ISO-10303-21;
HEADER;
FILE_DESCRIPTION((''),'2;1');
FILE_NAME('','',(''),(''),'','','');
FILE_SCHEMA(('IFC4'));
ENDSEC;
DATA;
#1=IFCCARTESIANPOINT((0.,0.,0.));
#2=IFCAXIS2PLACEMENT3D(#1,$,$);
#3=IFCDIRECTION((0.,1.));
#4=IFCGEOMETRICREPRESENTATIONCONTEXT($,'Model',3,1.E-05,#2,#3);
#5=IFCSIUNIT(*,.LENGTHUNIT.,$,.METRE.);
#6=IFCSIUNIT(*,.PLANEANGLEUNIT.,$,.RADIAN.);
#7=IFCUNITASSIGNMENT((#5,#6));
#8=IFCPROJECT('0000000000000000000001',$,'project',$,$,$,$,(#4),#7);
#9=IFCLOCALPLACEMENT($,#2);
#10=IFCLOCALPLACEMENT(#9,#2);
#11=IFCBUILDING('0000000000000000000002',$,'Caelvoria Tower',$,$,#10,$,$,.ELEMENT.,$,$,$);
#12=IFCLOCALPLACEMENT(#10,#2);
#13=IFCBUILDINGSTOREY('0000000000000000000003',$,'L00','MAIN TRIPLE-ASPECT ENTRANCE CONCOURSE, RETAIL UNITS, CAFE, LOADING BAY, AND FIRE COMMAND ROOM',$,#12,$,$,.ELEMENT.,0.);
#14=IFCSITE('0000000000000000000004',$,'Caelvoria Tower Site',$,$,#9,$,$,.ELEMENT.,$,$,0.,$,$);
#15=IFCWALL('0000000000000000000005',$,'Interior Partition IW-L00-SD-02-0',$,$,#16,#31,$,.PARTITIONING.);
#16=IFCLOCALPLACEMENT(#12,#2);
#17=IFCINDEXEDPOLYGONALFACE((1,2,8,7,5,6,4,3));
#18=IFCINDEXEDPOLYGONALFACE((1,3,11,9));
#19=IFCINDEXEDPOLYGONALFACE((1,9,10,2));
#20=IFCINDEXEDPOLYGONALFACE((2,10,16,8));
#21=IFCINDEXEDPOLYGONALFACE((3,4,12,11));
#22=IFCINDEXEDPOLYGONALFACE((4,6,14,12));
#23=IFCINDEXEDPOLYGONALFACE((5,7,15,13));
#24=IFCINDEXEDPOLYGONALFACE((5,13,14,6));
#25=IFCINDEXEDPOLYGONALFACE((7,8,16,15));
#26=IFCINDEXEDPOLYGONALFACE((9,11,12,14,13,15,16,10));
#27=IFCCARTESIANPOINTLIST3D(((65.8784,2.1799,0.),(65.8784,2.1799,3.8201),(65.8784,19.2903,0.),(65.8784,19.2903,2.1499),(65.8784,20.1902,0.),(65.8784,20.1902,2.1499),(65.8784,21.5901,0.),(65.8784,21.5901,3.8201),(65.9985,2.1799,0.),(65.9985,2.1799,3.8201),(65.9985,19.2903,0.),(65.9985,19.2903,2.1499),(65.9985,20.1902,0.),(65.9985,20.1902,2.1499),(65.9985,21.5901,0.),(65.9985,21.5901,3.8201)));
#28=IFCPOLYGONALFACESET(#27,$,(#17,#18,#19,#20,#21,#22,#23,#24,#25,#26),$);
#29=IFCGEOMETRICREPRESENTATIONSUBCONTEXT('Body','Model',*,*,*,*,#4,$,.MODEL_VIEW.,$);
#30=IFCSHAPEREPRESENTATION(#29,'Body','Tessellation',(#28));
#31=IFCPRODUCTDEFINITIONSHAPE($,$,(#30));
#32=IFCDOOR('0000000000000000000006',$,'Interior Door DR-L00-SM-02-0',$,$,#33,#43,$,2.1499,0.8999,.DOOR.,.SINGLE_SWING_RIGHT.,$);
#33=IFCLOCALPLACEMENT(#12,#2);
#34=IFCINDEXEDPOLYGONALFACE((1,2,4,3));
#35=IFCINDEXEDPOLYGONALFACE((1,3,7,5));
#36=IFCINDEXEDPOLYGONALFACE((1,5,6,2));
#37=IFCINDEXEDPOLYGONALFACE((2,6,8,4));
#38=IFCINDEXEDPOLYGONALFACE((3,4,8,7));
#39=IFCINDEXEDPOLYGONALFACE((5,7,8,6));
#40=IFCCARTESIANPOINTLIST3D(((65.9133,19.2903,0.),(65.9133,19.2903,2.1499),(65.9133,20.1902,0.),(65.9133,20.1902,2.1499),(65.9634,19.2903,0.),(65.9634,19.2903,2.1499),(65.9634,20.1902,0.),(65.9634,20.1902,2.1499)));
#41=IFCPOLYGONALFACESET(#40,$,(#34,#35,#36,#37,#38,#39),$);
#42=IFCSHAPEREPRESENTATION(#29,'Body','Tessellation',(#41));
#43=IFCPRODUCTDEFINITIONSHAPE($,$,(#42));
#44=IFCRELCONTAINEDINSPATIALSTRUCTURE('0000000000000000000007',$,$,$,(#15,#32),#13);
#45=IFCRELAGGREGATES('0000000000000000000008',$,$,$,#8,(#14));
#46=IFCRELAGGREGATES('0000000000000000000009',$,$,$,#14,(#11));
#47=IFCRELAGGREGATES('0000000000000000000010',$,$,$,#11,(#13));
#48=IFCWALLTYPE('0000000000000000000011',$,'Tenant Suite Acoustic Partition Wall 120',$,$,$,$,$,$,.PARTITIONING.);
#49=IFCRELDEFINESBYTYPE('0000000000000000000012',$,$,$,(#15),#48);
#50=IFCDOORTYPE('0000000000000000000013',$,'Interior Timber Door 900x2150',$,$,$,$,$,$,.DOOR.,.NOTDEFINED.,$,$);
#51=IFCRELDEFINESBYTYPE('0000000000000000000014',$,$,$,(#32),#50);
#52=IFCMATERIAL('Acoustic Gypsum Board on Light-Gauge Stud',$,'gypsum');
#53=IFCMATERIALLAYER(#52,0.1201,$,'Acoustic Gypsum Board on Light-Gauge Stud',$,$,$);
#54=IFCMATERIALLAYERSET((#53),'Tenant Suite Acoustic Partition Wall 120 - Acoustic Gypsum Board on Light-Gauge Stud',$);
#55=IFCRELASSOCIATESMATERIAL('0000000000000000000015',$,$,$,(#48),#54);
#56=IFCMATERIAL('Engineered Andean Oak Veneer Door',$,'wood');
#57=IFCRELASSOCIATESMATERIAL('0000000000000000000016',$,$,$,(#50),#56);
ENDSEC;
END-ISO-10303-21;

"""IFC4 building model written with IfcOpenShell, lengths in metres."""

from ifc_helpers import new_model, si_unit, direction, frame, frame_2d, origin, place, context, subcontext, project, spatial, rectangle, extrude, material, layer, layer_set, type_object, element, fill, save


model = new_model("IFC4")

# Units and contexts
model_context = context("Model", 3, precision=1e-05, world=origin(), true_north=direction((0.0, 1.0)))
body_context = subcontext(model_context, "Body", "Model", "MODEL_VIEW")
ifc_project = project(units=[si_unit("LENGTHUNIT", "METRE"), si_unit("PLANEANGLEUNIT", "RADIAN")], contexts=[model_context])

# Site, building, storey
site_placement = place(None, origin())
site = spatial("IfcSite", under=ifc_project, at=site_placement, Name="Caelvoria Tower Site", CompositionType="ELEMENT", RefElevation=0.0)
building_placement = place(site_placement, origin())
building = spatial("IfcBuilding", under=site, at=building_placement, Name="Caelvoria Tower", CompositionType="ELEMENT")
storey_placement = place(building_placement, origin())
storey = spatial("IfcBuildingStorey", under=building, at=storey_placement, Name="L00", Description="MAIN TRIPLE-ASPECT ENTRANCE CONCOURSE, RETAIL UNITS, CAFE, LOADING BAY, AND FIRE COMMAND ROOM", CompositionType="ELEMENT", Elevation=0.0)

# Wall, opening, door
ifc_material_1 = material(Name="Acoustic Gypsum Board on Light-Gauge Stud", Category="gypsum")
ifc_layer_1 = layer(ifc_material_1, 0.1201, Name="Acoustic Gypsum Board on Light-Gauge Stud")
ifc_layer_set_1 = layer_set([ifc_layer_1], Name="Tenant Suite Acoustic Partition Wall 120 - Acoustic Gypsum Board on Light-Gauge Stud")
wall_type_1 = type_object("IfcWallType", Name="Tenant Suite Acoustic Partition Wall 120", PredefinedType="PARTITIONING", material=ifc_layer_set_1)
wall_1_placement = place(storey_placement, frame((65.9385, 21.5901, 0.0), z_axis=(0.0, 0.0, 1.0), x_axis=(0.0, -1.0, 0.0)))
wall_1 = element("IfcWall", 1, at=wall_1_placement, inside=storey, type_object=wall_type_1, Name="Interior Partition IW-L00-SD-02-0", PredefinedType="PARTITIONING", context=body_context, shape_type="SweptSolid", body=[
    extrude(rectangle(XDim=19.4102, YDim=0.1201, at=frame_2d((9.7051, 0.0))), origin(), (0.0, 0.0, 1.0), 3.8201),
])
opening_placement = place(wall_1_placement, frame((1.3999, 0.0, 0.0)))
opening = element("IfcOpeningElement", 2, at=opening_placement, cuts=wall_1, PredefinedType="OPENING", context=body_context, shape_type="SweptSolid", body=[
    extrude(rectangle(XDim=0.8999, YDim=2.1499, at=frame_2d((0.45, 1.075))), frame((0.0, 0.0701, 0.0), z_axis=(0.0, -1.0, 0.0), x_axis=(1.0, 0.0, 0.0)), (0.0, 0.0, 1.0), 0.1401),
])
ifc_material_2 = material(Name="Engineered Andean Oak Veneer Door", Category="wood")
door_type = type_object("IfcDoorType", Name="Interior Timber Door 900x2150", OperationType="NOTDEFINED", PredefinedType="DOOR", material=ifc_material_2)
door_placement = place(opening_placement, origin())
door = element("IfcDoor", 3, at=door_placement, inside=storey, type_object=door_type, Name="Interior Door DR-L00-SM-02-0", OperationType="SINGLE_SWING_RIGHT", OverallHeight=2.1499, OverallWidth=0.8999, PredefinedType="DOOR", context=body_context, shape_type="SweptSolid", body=[
    extrude(rectangle(XDim=0.8999, YDim=2.1499, at=frame_2d((0.45, 1.075))), frame((0.0, 0.0249, 0.0), z_axis=(0.0, -1.0, 0.0), x_axis=(1.0, 0.0, 0.0)), (0.0, 0.0, 1.0), 0.05),
])
fill(opening, door)

save(model, "model.ifc")
